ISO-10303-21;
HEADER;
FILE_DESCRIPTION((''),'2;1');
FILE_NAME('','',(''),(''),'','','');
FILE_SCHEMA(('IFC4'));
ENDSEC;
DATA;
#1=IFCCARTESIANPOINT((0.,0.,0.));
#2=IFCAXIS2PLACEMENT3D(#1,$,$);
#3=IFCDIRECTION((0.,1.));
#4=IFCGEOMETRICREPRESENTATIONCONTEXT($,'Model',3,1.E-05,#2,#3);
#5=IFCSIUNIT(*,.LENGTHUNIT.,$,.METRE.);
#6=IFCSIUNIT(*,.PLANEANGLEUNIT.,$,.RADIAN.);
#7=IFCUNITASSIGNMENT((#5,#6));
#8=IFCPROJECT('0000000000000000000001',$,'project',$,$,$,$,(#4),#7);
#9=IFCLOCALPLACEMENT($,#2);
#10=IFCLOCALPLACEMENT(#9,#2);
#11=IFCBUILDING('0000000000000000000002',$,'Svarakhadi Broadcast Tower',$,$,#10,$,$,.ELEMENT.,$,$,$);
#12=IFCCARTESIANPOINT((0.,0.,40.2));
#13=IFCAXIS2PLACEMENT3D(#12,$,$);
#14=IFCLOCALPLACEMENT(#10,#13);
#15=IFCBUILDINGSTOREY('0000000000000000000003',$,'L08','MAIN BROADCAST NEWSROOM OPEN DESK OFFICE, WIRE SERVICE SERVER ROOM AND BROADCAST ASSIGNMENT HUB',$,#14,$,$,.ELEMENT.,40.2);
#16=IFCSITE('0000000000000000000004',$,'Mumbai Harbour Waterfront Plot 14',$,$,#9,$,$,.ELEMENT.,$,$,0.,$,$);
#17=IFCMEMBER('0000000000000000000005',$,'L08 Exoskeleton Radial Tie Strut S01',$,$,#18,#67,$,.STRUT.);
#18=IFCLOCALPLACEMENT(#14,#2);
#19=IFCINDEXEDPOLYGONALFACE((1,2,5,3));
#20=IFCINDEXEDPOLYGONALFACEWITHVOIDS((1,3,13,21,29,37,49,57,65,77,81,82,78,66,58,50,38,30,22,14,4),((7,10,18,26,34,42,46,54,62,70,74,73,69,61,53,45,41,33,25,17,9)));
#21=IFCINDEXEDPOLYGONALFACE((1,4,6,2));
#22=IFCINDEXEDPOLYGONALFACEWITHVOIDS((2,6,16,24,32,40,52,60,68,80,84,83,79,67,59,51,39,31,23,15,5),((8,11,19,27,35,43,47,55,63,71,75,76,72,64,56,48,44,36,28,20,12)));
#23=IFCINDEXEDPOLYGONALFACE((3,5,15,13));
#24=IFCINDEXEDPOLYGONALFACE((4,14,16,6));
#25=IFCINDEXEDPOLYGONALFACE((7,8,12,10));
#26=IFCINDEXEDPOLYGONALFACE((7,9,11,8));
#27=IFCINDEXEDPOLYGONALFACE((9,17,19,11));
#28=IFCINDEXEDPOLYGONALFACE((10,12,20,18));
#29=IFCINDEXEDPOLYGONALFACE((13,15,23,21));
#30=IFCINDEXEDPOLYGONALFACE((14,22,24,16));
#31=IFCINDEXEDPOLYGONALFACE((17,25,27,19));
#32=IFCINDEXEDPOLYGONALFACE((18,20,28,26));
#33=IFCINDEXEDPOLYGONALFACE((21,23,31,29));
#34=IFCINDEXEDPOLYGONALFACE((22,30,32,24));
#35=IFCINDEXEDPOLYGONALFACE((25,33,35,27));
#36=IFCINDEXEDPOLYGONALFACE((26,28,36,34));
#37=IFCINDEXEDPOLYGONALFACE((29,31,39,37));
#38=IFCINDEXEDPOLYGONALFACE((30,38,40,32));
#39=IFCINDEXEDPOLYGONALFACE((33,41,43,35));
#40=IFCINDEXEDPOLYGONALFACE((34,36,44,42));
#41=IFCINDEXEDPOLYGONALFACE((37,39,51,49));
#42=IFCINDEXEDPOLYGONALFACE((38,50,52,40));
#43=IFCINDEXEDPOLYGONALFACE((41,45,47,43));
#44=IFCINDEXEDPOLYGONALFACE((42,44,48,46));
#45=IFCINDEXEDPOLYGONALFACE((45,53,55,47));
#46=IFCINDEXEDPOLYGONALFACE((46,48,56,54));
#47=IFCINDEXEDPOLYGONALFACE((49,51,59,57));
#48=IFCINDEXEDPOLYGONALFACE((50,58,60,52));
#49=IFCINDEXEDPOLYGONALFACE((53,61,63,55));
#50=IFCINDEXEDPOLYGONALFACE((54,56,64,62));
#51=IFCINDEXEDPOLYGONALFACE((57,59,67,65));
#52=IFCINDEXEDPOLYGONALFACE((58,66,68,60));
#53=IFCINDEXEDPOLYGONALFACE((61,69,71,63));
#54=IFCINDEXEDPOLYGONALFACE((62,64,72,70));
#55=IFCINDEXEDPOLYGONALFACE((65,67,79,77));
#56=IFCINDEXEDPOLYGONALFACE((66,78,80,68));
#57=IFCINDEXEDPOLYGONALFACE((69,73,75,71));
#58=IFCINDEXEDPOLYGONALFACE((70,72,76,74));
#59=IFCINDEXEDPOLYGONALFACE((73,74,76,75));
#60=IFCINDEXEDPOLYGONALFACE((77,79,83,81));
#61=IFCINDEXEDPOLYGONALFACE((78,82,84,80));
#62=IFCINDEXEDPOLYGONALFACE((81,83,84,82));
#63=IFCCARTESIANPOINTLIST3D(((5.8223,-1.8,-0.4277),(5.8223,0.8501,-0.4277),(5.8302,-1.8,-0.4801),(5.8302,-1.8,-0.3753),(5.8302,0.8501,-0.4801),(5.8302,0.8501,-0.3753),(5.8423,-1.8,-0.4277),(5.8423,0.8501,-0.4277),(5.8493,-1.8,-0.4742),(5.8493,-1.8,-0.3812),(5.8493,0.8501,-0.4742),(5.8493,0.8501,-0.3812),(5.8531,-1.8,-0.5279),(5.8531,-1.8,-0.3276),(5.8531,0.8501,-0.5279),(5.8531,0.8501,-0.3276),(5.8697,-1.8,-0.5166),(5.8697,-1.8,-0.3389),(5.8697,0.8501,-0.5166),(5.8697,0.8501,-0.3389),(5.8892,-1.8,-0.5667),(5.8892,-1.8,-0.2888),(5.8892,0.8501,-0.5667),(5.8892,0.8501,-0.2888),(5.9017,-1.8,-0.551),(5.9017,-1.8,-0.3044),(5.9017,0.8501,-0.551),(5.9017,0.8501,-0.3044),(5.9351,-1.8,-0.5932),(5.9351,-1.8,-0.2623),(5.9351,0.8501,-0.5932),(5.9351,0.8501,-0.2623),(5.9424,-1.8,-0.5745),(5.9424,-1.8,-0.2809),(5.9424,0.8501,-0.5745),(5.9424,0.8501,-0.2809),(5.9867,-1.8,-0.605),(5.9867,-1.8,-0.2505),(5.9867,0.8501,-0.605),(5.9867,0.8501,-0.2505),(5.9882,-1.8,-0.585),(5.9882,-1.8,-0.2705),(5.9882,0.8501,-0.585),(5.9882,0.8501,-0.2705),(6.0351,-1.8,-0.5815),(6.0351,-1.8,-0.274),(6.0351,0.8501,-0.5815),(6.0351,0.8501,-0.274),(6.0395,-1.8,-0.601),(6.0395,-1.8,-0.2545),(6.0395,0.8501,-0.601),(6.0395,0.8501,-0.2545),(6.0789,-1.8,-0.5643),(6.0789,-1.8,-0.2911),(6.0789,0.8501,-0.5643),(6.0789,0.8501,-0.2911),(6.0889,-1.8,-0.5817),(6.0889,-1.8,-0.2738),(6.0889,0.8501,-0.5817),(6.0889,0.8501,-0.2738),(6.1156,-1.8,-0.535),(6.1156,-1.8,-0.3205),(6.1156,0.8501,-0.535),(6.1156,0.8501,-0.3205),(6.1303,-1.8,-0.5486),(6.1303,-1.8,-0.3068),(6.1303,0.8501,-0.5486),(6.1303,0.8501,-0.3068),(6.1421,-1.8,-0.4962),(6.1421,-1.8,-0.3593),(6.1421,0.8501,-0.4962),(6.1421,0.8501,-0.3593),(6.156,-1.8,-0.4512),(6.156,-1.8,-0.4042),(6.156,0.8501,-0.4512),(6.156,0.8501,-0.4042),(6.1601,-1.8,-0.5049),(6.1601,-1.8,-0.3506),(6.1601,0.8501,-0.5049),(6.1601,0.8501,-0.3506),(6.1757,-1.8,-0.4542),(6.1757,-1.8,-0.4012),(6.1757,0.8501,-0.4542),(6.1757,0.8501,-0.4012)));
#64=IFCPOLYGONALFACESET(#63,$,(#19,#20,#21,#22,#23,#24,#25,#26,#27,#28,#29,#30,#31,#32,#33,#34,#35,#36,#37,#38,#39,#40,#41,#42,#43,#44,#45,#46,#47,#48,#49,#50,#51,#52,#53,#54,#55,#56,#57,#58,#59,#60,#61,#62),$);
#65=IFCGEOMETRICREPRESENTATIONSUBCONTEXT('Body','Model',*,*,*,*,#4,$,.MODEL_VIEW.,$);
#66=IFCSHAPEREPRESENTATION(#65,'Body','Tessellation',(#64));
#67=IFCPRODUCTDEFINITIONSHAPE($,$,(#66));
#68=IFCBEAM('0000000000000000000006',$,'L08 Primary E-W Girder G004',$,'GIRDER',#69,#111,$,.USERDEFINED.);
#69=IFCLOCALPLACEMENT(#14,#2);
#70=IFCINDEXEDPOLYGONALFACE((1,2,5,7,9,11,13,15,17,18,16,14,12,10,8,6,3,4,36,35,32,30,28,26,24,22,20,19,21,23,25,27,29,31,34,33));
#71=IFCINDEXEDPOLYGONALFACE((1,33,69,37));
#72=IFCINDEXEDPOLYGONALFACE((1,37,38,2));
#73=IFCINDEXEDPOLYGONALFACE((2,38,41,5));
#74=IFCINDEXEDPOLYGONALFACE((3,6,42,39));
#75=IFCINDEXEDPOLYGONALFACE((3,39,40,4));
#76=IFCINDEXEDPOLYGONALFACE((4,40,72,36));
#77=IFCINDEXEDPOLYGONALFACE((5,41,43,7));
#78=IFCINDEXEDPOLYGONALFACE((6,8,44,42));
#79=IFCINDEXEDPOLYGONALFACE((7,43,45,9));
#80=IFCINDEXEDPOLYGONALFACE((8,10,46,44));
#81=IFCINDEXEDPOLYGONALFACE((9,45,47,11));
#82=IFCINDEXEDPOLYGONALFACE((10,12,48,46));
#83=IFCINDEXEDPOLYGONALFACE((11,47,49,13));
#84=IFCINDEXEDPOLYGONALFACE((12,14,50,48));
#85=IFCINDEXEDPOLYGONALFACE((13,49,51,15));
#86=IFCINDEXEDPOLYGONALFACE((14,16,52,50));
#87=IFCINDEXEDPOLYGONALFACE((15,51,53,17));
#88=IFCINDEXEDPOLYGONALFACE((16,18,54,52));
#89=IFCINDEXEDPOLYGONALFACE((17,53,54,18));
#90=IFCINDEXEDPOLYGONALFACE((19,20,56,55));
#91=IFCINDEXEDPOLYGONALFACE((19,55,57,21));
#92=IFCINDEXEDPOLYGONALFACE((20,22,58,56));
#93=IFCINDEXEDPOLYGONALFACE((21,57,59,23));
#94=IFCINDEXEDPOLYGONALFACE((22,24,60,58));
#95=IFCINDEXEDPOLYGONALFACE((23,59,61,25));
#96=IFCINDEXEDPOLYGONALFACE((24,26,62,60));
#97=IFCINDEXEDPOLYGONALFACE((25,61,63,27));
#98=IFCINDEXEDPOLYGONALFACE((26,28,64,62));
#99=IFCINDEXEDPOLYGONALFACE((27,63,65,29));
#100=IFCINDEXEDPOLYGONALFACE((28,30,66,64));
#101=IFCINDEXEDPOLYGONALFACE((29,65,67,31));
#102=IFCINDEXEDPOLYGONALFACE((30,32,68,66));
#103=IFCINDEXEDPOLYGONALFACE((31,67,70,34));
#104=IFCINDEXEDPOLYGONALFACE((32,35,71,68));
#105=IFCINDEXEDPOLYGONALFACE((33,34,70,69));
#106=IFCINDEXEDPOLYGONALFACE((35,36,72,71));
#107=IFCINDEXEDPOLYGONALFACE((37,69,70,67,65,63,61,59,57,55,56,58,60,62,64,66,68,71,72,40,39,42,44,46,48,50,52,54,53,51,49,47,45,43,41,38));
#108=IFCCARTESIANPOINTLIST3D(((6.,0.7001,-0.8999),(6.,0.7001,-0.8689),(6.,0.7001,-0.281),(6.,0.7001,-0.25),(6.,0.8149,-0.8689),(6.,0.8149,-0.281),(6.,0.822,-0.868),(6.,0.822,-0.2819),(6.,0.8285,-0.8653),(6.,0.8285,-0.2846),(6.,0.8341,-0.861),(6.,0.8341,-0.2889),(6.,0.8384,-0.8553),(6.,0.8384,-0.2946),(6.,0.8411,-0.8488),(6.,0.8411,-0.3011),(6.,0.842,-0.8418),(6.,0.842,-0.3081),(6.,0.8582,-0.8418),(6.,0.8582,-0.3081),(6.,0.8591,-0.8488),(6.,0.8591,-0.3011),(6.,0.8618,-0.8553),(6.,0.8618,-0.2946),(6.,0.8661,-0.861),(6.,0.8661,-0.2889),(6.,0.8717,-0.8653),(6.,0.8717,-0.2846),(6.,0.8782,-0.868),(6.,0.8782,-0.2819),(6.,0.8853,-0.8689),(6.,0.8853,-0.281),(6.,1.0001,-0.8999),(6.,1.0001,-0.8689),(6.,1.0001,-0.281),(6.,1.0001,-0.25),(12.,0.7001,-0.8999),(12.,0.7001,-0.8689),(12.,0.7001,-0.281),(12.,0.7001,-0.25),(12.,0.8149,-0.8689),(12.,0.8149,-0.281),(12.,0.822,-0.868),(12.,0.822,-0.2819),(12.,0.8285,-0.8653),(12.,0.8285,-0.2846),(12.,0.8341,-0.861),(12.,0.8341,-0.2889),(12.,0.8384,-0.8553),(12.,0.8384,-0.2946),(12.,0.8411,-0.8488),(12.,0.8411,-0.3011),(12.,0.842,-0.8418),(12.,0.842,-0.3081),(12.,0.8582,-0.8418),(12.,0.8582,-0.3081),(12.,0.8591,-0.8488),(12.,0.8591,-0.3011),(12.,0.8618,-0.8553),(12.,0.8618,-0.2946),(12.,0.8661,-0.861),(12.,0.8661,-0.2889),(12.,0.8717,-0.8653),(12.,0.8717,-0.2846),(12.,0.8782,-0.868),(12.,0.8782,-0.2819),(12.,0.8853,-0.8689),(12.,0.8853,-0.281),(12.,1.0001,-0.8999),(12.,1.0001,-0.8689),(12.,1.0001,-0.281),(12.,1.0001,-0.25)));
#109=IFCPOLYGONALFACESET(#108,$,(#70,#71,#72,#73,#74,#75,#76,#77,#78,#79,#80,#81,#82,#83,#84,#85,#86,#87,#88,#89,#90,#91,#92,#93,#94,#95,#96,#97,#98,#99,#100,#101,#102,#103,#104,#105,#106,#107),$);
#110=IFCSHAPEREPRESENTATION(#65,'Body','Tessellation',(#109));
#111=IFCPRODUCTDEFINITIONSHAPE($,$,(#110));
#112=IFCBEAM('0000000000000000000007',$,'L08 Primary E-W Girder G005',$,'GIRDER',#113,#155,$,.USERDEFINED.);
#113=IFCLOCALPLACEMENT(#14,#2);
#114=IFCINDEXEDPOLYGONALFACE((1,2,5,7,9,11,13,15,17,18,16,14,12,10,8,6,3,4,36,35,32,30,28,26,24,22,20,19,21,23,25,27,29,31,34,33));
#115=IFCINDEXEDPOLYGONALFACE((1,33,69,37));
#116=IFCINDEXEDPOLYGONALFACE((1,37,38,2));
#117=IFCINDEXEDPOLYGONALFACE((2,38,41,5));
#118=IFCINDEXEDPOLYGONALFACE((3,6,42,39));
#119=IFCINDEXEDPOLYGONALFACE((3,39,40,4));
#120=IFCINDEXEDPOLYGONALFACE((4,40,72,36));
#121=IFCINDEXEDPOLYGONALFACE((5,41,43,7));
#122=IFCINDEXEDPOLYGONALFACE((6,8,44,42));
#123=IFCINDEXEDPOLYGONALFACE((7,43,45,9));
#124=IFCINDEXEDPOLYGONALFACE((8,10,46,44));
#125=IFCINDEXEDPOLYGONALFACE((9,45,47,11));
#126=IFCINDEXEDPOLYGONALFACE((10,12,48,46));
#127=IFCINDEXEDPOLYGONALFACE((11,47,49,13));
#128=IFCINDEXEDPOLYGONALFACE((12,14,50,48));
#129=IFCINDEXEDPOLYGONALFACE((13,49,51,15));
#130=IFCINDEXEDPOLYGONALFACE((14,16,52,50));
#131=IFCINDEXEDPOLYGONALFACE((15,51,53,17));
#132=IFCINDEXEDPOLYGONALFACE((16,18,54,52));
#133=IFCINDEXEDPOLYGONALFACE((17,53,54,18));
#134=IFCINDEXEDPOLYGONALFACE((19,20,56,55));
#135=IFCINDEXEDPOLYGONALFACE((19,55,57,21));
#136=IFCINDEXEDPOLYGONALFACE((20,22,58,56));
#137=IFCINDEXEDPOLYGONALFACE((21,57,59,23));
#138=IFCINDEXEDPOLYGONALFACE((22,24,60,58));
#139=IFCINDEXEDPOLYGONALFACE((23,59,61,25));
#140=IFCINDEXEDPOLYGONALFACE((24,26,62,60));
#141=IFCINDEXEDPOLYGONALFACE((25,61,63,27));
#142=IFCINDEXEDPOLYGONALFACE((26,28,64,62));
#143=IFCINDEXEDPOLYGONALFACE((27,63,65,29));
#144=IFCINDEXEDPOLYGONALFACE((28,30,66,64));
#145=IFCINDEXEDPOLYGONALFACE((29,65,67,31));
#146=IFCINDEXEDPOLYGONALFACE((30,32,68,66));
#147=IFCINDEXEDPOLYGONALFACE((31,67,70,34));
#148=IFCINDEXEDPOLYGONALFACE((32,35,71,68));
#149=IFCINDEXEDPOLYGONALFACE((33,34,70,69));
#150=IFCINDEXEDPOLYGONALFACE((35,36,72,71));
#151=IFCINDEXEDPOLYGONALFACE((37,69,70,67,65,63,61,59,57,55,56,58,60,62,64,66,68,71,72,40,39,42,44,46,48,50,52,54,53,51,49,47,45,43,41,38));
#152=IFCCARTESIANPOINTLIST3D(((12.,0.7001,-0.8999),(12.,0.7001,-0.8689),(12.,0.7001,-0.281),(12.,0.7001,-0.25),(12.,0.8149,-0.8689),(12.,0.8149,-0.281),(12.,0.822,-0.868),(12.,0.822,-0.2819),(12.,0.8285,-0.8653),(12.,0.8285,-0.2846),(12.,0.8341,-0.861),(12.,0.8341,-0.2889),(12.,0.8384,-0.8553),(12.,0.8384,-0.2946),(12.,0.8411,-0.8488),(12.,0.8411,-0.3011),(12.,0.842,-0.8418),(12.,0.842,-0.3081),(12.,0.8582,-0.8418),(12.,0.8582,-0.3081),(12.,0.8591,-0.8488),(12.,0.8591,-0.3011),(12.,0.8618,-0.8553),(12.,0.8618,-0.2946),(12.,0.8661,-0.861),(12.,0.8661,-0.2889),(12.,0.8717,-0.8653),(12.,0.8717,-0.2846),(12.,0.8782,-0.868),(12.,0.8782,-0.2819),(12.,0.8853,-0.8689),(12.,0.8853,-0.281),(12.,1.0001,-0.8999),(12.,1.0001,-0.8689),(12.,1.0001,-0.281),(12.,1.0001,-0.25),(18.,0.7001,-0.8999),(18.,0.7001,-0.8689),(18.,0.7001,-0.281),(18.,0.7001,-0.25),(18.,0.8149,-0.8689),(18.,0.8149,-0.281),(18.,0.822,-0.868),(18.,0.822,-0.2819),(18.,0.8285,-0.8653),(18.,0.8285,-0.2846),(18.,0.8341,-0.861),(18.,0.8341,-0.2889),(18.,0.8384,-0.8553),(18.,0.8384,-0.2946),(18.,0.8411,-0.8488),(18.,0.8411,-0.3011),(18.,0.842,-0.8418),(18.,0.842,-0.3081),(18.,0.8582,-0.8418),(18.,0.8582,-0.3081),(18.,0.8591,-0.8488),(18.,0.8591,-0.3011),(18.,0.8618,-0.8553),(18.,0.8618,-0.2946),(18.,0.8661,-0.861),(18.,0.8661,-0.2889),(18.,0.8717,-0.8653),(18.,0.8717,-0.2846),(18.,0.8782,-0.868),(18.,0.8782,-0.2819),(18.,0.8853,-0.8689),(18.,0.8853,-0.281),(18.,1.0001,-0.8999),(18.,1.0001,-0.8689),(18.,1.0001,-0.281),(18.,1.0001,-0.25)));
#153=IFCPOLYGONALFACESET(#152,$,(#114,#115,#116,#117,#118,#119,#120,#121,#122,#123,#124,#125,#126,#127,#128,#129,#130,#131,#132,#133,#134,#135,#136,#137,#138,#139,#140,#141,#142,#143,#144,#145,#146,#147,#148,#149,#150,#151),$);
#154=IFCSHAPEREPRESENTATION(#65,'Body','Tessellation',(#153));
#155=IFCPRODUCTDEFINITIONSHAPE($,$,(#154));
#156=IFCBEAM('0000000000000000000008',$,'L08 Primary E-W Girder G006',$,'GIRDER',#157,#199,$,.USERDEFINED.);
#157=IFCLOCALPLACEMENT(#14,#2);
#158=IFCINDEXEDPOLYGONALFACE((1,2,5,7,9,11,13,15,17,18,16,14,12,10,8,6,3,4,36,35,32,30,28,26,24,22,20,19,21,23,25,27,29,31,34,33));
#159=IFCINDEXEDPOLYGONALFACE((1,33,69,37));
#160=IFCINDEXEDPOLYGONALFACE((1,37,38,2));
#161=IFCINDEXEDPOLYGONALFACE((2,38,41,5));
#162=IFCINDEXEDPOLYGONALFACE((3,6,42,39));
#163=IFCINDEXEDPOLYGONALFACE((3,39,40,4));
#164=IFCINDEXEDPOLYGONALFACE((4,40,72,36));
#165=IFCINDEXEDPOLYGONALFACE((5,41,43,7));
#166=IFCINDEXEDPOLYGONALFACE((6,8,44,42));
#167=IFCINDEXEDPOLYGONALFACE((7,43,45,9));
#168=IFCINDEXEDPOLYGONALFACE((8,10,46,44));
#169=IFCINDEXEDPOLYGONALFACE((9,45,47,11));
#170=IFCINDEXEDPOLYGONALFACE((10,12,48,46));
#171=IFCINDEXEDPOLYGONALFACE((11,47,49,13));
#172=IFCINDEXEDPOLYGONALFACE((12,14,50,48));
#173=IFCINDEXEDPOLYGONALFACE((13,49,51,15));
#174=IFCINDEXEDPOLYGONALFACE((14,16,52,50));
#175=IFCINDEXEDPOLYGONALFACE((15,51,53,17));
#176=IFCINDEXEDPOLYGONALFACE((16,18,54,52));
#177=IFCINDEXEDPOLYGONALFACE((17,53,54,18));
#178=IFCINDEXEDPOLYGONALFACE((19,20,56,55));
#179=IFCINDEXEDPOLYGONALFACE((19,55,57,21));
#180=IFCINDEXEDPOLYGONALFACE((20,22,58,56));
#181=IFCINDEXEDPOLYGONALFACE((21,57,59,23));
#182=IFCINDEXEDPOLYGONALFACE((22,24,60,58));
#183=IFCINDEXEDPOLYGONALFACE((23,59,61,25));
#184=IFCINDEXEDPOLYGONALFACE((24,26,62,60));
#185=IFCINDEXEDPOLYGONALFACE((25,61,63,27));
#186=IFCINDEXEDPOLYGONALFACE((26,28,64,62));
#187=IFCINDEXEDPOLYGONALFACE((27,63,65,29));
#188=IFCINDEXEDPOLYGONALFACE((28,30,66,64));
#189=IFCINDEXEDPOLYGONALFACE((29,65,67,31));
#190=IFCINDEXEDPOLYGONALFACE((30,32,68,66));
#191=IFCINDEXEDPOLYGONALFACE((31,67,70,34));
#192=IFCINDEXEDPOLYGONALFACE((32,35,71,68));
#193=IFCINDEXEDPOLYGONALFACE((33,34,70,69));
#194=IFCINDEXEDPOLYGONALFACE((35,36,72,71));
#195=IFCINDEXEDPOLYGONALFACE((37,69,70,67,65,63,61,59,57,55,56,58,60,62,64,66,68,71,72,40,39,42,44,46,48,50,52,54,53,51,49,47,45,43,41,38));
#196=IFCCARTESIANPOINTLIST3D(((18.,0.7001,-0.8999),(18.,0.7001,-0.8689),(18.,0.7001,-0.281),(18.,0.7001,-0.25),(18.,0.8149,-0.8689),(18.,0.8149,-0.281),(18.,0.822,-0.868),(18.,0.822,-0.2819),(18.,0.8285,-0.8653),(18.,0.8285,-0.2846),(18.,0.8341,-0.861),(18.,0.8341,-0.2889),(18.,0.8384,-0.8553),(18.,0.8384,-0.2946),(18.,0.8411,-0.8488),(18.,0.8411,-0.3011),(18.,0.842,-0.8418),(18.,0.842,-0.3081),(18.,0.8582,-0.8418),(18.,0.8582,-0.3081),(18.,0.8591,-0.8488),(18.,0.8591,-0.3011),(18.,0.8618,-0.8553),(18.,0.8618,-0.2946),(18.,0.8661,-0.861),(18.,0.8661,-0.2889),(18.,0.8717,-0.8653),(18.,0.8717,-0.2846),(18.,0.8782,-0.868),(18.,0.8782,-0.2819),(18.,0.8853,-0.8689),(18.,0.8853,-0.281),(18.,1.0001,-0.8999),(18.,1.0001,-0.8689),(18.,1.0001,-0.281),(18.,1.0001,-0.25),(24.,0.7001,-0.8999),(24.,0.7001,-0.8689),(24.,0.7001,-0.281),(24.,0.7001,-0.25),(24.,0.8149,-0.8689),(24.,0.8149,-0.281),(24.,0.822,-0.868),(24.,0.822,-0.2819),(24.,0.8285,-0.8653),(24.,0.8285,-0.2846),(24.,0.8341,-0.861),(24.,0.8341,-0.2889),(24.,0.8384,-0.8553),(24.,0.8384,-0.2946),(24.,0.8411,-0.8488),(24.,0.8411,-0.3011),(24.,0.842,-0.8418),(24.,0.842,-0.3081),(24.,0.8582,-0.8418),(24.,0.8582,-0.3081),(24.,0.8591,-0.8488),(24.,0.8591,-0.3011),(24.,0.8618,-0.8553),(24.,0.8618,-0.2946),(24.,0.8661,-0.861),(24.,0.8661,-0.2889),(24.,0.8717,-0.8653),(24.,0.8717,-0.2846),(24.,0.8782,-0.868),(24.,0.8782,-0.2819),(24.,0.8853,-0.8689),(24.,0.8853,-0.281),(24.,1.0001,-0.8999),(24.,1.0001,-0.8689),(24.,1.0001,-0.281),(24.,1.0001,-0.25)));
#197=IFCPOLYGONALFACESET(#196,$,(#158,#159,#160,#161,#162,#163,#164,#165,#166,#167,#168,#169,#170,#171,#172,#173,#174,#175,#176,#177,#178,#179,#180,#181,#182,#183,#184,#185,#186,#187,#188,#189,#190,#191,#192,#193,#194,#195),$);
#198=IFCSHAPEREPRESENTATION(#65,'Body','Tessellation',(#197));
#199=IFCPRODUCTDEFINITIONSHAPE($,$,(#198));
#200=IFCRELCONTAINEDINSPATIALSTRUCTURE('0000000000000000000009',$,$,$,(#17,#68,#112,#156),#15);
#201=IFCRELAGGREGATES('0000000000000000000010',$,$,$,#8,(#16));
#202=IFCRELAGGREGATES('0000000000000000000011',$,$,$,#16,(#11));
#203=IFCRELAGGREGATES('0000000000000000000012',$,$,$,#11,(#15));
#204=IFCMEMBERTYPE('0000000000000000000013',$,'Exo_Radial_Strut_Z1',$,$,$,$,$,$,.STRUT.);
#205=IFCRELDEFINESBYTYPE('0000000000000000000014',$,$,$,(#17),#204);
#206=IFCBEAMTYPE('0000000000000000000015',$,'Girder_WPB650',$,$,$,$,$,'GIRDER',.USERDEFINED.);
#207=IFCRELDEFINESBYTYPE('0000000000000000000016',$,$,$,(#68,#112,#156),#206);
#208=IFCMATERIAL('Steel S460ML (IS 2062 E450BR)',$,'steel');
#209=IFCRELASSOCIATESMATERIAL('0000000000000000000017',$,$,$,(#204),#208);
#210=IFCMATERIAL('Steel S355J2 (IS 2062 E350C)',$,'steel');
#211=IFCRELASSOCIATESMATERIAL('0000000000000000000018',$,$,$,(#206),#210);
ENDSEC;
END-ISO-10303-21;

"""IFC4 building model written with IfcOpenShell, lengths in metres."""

from ifc_helpers import new_model, si_unit, direction, frame, origin, origin_2d, place, context, subcontext, project, spatial, hollow_circle, i_section, extrude, material, material_profile, profile_set, type_object, element, save


model = new_model("IFC4")

# Units and contexts
model_context = context("Model", 3, precision=1e-05, world=origin(), true_north=direction((0.0, 1.0)))
body_context = subcontext(model_context, "Body", "Model", "MODEL_VIEW")
ifc_project = project(units=[si_unit("LENGTHUNIT", "METRE"), si_unit("PLANEANGLEUNIT", "RADIAN")], contexts=[model_context])

# Site, building, storey
site_placement = place(None, origin())
site = spatial("IfcSite", under=ifc_project, at=site_placement, Name="Mumbai Harbour Waterfront Plot 14", CompositionType="ELEMENT", RefElevation=0.0)
building_placement = place(site_placement, origin())
building = spatial("IfcBuilding", under=site, at=building_placement, Name="Svarakhadi Broadcast Tower", CompositionType="ELEMENT")
storey_placement = place(building_placement, frame((0.0, 0.0, 40.2)))
storey = spatial("IfcBuildingStorey", under=building, at=storey_placement, Name="L08", Description="MAIN BROADCAST NEWSROOM OPEN DESK OFFICE, WIRE SERVICE SERVER ROOM AND BROADCAST ASSIGNMENT HUB", CompositionType="ELEMENT", Elevation=40.2)

# Shared definitions
ifc_material_1 = material(Name="Steel S460ML (IS 2062 E450BR)", Category="steel")

# Shared definitions
ifc_material_2 = material(Name="Steel S355J2 (IS 2062 E350C)", Category="steel")

# Member
ifc_material_profile_1 = material_profile(ifc_material_1, hollow_circle(Radius=0.1777, WallThickness=0.02, at=origin_2d()), Name="CHS 355.6x20")
ifc_profile_set_1 = profile_set([ifc_material_profile_1], Name="Steel S460ML (IS 2062 E450BR)")
member_type_1 = type_object("IfcMemberType", Name="Exo_Radial_Strut_Z1", PredefinedType="STRUT", material=ifc_profile_set_1)
member_1_placement = place(storey_placement, frame((6.0, -1.8, -0.4277), z_axis=(0.0, 1.0, 0.0), x_axis=(-1.0, 0.0, 0.0)))
element("IfcMember", 1, at=member_1_placement, inside=storey, type_object=member_type_1, Name="L08 Exoskeleton Radial Tie Strut S01", PredefinedType="STRUT", context=body_context, shape_type="SweptSolid", body=[
    extrude(hollow_circle(Radius=0.1777, WallThickness=0.02, at=origin_2d()), origin(), (0.0, 0.0, 1.0), 2.6501),
])

# Beams
ifc_material_profile_2 = material_profile(ifc_material_2, i_section(OverallWidth=0.3, OverallDepth=0.6499, WebThickness=0.0161, FlangeThickness=0.031, FilletRadius=0.0271, at=origin_2d()), Name="WPB 650x300x225")
ifc_profile_set_2 = profile_set([ifc_material_profile_2], Name="Steel S355J2 (IS 2062 E350C)")
beam_type_1 = type_object("IfcBeamType", Name="Girder_WPB650", ElementType="GIRDER", PredefinedType="USERDEFINED", material=ifc_profile_set_2)
for number, where, z_axis, x_axis, name in (
    (2, (6.0, 0.8501, -0.575), (1.0, 0.0, 0.0), (0.0, 1.0, 0.0), "L08 Primary E-W Girder G004"),
    (3, (12.0, 0.8501, -0.575), (1.0, 0.0, 0.0), (0.0, 1.0, 0.0), "L08 Primary E-W Girder G005"),
    (4, (18.0, 0.8501, -0.575), (1.0, 0.0, 0.0), (0.0, 1.0, 0.0), "L08 Primary E-W Girder G006"),
):
    element("IfcBeam", number, at=place(storey_placement, frame(where, z_axis=z_axis, x_axis=x_axis)), inside=storey, type_object=beam_type_1, Name=name, ObjectType="GIRDER", PredefinedType="USERDEFINED", context=body_context, shape_type="SweptSolid", body=[
        extrude(i_section(OverallWidth=0.3, OverallDepth=0.6499, WebThickness=0.0161, FlangeThickness=0.031, FilletRadius=0.0271, at=origin_2d()), origin(), (0.0, 0.0, 1.0), 6.0),
    ])

save(model, "model.ifc")
